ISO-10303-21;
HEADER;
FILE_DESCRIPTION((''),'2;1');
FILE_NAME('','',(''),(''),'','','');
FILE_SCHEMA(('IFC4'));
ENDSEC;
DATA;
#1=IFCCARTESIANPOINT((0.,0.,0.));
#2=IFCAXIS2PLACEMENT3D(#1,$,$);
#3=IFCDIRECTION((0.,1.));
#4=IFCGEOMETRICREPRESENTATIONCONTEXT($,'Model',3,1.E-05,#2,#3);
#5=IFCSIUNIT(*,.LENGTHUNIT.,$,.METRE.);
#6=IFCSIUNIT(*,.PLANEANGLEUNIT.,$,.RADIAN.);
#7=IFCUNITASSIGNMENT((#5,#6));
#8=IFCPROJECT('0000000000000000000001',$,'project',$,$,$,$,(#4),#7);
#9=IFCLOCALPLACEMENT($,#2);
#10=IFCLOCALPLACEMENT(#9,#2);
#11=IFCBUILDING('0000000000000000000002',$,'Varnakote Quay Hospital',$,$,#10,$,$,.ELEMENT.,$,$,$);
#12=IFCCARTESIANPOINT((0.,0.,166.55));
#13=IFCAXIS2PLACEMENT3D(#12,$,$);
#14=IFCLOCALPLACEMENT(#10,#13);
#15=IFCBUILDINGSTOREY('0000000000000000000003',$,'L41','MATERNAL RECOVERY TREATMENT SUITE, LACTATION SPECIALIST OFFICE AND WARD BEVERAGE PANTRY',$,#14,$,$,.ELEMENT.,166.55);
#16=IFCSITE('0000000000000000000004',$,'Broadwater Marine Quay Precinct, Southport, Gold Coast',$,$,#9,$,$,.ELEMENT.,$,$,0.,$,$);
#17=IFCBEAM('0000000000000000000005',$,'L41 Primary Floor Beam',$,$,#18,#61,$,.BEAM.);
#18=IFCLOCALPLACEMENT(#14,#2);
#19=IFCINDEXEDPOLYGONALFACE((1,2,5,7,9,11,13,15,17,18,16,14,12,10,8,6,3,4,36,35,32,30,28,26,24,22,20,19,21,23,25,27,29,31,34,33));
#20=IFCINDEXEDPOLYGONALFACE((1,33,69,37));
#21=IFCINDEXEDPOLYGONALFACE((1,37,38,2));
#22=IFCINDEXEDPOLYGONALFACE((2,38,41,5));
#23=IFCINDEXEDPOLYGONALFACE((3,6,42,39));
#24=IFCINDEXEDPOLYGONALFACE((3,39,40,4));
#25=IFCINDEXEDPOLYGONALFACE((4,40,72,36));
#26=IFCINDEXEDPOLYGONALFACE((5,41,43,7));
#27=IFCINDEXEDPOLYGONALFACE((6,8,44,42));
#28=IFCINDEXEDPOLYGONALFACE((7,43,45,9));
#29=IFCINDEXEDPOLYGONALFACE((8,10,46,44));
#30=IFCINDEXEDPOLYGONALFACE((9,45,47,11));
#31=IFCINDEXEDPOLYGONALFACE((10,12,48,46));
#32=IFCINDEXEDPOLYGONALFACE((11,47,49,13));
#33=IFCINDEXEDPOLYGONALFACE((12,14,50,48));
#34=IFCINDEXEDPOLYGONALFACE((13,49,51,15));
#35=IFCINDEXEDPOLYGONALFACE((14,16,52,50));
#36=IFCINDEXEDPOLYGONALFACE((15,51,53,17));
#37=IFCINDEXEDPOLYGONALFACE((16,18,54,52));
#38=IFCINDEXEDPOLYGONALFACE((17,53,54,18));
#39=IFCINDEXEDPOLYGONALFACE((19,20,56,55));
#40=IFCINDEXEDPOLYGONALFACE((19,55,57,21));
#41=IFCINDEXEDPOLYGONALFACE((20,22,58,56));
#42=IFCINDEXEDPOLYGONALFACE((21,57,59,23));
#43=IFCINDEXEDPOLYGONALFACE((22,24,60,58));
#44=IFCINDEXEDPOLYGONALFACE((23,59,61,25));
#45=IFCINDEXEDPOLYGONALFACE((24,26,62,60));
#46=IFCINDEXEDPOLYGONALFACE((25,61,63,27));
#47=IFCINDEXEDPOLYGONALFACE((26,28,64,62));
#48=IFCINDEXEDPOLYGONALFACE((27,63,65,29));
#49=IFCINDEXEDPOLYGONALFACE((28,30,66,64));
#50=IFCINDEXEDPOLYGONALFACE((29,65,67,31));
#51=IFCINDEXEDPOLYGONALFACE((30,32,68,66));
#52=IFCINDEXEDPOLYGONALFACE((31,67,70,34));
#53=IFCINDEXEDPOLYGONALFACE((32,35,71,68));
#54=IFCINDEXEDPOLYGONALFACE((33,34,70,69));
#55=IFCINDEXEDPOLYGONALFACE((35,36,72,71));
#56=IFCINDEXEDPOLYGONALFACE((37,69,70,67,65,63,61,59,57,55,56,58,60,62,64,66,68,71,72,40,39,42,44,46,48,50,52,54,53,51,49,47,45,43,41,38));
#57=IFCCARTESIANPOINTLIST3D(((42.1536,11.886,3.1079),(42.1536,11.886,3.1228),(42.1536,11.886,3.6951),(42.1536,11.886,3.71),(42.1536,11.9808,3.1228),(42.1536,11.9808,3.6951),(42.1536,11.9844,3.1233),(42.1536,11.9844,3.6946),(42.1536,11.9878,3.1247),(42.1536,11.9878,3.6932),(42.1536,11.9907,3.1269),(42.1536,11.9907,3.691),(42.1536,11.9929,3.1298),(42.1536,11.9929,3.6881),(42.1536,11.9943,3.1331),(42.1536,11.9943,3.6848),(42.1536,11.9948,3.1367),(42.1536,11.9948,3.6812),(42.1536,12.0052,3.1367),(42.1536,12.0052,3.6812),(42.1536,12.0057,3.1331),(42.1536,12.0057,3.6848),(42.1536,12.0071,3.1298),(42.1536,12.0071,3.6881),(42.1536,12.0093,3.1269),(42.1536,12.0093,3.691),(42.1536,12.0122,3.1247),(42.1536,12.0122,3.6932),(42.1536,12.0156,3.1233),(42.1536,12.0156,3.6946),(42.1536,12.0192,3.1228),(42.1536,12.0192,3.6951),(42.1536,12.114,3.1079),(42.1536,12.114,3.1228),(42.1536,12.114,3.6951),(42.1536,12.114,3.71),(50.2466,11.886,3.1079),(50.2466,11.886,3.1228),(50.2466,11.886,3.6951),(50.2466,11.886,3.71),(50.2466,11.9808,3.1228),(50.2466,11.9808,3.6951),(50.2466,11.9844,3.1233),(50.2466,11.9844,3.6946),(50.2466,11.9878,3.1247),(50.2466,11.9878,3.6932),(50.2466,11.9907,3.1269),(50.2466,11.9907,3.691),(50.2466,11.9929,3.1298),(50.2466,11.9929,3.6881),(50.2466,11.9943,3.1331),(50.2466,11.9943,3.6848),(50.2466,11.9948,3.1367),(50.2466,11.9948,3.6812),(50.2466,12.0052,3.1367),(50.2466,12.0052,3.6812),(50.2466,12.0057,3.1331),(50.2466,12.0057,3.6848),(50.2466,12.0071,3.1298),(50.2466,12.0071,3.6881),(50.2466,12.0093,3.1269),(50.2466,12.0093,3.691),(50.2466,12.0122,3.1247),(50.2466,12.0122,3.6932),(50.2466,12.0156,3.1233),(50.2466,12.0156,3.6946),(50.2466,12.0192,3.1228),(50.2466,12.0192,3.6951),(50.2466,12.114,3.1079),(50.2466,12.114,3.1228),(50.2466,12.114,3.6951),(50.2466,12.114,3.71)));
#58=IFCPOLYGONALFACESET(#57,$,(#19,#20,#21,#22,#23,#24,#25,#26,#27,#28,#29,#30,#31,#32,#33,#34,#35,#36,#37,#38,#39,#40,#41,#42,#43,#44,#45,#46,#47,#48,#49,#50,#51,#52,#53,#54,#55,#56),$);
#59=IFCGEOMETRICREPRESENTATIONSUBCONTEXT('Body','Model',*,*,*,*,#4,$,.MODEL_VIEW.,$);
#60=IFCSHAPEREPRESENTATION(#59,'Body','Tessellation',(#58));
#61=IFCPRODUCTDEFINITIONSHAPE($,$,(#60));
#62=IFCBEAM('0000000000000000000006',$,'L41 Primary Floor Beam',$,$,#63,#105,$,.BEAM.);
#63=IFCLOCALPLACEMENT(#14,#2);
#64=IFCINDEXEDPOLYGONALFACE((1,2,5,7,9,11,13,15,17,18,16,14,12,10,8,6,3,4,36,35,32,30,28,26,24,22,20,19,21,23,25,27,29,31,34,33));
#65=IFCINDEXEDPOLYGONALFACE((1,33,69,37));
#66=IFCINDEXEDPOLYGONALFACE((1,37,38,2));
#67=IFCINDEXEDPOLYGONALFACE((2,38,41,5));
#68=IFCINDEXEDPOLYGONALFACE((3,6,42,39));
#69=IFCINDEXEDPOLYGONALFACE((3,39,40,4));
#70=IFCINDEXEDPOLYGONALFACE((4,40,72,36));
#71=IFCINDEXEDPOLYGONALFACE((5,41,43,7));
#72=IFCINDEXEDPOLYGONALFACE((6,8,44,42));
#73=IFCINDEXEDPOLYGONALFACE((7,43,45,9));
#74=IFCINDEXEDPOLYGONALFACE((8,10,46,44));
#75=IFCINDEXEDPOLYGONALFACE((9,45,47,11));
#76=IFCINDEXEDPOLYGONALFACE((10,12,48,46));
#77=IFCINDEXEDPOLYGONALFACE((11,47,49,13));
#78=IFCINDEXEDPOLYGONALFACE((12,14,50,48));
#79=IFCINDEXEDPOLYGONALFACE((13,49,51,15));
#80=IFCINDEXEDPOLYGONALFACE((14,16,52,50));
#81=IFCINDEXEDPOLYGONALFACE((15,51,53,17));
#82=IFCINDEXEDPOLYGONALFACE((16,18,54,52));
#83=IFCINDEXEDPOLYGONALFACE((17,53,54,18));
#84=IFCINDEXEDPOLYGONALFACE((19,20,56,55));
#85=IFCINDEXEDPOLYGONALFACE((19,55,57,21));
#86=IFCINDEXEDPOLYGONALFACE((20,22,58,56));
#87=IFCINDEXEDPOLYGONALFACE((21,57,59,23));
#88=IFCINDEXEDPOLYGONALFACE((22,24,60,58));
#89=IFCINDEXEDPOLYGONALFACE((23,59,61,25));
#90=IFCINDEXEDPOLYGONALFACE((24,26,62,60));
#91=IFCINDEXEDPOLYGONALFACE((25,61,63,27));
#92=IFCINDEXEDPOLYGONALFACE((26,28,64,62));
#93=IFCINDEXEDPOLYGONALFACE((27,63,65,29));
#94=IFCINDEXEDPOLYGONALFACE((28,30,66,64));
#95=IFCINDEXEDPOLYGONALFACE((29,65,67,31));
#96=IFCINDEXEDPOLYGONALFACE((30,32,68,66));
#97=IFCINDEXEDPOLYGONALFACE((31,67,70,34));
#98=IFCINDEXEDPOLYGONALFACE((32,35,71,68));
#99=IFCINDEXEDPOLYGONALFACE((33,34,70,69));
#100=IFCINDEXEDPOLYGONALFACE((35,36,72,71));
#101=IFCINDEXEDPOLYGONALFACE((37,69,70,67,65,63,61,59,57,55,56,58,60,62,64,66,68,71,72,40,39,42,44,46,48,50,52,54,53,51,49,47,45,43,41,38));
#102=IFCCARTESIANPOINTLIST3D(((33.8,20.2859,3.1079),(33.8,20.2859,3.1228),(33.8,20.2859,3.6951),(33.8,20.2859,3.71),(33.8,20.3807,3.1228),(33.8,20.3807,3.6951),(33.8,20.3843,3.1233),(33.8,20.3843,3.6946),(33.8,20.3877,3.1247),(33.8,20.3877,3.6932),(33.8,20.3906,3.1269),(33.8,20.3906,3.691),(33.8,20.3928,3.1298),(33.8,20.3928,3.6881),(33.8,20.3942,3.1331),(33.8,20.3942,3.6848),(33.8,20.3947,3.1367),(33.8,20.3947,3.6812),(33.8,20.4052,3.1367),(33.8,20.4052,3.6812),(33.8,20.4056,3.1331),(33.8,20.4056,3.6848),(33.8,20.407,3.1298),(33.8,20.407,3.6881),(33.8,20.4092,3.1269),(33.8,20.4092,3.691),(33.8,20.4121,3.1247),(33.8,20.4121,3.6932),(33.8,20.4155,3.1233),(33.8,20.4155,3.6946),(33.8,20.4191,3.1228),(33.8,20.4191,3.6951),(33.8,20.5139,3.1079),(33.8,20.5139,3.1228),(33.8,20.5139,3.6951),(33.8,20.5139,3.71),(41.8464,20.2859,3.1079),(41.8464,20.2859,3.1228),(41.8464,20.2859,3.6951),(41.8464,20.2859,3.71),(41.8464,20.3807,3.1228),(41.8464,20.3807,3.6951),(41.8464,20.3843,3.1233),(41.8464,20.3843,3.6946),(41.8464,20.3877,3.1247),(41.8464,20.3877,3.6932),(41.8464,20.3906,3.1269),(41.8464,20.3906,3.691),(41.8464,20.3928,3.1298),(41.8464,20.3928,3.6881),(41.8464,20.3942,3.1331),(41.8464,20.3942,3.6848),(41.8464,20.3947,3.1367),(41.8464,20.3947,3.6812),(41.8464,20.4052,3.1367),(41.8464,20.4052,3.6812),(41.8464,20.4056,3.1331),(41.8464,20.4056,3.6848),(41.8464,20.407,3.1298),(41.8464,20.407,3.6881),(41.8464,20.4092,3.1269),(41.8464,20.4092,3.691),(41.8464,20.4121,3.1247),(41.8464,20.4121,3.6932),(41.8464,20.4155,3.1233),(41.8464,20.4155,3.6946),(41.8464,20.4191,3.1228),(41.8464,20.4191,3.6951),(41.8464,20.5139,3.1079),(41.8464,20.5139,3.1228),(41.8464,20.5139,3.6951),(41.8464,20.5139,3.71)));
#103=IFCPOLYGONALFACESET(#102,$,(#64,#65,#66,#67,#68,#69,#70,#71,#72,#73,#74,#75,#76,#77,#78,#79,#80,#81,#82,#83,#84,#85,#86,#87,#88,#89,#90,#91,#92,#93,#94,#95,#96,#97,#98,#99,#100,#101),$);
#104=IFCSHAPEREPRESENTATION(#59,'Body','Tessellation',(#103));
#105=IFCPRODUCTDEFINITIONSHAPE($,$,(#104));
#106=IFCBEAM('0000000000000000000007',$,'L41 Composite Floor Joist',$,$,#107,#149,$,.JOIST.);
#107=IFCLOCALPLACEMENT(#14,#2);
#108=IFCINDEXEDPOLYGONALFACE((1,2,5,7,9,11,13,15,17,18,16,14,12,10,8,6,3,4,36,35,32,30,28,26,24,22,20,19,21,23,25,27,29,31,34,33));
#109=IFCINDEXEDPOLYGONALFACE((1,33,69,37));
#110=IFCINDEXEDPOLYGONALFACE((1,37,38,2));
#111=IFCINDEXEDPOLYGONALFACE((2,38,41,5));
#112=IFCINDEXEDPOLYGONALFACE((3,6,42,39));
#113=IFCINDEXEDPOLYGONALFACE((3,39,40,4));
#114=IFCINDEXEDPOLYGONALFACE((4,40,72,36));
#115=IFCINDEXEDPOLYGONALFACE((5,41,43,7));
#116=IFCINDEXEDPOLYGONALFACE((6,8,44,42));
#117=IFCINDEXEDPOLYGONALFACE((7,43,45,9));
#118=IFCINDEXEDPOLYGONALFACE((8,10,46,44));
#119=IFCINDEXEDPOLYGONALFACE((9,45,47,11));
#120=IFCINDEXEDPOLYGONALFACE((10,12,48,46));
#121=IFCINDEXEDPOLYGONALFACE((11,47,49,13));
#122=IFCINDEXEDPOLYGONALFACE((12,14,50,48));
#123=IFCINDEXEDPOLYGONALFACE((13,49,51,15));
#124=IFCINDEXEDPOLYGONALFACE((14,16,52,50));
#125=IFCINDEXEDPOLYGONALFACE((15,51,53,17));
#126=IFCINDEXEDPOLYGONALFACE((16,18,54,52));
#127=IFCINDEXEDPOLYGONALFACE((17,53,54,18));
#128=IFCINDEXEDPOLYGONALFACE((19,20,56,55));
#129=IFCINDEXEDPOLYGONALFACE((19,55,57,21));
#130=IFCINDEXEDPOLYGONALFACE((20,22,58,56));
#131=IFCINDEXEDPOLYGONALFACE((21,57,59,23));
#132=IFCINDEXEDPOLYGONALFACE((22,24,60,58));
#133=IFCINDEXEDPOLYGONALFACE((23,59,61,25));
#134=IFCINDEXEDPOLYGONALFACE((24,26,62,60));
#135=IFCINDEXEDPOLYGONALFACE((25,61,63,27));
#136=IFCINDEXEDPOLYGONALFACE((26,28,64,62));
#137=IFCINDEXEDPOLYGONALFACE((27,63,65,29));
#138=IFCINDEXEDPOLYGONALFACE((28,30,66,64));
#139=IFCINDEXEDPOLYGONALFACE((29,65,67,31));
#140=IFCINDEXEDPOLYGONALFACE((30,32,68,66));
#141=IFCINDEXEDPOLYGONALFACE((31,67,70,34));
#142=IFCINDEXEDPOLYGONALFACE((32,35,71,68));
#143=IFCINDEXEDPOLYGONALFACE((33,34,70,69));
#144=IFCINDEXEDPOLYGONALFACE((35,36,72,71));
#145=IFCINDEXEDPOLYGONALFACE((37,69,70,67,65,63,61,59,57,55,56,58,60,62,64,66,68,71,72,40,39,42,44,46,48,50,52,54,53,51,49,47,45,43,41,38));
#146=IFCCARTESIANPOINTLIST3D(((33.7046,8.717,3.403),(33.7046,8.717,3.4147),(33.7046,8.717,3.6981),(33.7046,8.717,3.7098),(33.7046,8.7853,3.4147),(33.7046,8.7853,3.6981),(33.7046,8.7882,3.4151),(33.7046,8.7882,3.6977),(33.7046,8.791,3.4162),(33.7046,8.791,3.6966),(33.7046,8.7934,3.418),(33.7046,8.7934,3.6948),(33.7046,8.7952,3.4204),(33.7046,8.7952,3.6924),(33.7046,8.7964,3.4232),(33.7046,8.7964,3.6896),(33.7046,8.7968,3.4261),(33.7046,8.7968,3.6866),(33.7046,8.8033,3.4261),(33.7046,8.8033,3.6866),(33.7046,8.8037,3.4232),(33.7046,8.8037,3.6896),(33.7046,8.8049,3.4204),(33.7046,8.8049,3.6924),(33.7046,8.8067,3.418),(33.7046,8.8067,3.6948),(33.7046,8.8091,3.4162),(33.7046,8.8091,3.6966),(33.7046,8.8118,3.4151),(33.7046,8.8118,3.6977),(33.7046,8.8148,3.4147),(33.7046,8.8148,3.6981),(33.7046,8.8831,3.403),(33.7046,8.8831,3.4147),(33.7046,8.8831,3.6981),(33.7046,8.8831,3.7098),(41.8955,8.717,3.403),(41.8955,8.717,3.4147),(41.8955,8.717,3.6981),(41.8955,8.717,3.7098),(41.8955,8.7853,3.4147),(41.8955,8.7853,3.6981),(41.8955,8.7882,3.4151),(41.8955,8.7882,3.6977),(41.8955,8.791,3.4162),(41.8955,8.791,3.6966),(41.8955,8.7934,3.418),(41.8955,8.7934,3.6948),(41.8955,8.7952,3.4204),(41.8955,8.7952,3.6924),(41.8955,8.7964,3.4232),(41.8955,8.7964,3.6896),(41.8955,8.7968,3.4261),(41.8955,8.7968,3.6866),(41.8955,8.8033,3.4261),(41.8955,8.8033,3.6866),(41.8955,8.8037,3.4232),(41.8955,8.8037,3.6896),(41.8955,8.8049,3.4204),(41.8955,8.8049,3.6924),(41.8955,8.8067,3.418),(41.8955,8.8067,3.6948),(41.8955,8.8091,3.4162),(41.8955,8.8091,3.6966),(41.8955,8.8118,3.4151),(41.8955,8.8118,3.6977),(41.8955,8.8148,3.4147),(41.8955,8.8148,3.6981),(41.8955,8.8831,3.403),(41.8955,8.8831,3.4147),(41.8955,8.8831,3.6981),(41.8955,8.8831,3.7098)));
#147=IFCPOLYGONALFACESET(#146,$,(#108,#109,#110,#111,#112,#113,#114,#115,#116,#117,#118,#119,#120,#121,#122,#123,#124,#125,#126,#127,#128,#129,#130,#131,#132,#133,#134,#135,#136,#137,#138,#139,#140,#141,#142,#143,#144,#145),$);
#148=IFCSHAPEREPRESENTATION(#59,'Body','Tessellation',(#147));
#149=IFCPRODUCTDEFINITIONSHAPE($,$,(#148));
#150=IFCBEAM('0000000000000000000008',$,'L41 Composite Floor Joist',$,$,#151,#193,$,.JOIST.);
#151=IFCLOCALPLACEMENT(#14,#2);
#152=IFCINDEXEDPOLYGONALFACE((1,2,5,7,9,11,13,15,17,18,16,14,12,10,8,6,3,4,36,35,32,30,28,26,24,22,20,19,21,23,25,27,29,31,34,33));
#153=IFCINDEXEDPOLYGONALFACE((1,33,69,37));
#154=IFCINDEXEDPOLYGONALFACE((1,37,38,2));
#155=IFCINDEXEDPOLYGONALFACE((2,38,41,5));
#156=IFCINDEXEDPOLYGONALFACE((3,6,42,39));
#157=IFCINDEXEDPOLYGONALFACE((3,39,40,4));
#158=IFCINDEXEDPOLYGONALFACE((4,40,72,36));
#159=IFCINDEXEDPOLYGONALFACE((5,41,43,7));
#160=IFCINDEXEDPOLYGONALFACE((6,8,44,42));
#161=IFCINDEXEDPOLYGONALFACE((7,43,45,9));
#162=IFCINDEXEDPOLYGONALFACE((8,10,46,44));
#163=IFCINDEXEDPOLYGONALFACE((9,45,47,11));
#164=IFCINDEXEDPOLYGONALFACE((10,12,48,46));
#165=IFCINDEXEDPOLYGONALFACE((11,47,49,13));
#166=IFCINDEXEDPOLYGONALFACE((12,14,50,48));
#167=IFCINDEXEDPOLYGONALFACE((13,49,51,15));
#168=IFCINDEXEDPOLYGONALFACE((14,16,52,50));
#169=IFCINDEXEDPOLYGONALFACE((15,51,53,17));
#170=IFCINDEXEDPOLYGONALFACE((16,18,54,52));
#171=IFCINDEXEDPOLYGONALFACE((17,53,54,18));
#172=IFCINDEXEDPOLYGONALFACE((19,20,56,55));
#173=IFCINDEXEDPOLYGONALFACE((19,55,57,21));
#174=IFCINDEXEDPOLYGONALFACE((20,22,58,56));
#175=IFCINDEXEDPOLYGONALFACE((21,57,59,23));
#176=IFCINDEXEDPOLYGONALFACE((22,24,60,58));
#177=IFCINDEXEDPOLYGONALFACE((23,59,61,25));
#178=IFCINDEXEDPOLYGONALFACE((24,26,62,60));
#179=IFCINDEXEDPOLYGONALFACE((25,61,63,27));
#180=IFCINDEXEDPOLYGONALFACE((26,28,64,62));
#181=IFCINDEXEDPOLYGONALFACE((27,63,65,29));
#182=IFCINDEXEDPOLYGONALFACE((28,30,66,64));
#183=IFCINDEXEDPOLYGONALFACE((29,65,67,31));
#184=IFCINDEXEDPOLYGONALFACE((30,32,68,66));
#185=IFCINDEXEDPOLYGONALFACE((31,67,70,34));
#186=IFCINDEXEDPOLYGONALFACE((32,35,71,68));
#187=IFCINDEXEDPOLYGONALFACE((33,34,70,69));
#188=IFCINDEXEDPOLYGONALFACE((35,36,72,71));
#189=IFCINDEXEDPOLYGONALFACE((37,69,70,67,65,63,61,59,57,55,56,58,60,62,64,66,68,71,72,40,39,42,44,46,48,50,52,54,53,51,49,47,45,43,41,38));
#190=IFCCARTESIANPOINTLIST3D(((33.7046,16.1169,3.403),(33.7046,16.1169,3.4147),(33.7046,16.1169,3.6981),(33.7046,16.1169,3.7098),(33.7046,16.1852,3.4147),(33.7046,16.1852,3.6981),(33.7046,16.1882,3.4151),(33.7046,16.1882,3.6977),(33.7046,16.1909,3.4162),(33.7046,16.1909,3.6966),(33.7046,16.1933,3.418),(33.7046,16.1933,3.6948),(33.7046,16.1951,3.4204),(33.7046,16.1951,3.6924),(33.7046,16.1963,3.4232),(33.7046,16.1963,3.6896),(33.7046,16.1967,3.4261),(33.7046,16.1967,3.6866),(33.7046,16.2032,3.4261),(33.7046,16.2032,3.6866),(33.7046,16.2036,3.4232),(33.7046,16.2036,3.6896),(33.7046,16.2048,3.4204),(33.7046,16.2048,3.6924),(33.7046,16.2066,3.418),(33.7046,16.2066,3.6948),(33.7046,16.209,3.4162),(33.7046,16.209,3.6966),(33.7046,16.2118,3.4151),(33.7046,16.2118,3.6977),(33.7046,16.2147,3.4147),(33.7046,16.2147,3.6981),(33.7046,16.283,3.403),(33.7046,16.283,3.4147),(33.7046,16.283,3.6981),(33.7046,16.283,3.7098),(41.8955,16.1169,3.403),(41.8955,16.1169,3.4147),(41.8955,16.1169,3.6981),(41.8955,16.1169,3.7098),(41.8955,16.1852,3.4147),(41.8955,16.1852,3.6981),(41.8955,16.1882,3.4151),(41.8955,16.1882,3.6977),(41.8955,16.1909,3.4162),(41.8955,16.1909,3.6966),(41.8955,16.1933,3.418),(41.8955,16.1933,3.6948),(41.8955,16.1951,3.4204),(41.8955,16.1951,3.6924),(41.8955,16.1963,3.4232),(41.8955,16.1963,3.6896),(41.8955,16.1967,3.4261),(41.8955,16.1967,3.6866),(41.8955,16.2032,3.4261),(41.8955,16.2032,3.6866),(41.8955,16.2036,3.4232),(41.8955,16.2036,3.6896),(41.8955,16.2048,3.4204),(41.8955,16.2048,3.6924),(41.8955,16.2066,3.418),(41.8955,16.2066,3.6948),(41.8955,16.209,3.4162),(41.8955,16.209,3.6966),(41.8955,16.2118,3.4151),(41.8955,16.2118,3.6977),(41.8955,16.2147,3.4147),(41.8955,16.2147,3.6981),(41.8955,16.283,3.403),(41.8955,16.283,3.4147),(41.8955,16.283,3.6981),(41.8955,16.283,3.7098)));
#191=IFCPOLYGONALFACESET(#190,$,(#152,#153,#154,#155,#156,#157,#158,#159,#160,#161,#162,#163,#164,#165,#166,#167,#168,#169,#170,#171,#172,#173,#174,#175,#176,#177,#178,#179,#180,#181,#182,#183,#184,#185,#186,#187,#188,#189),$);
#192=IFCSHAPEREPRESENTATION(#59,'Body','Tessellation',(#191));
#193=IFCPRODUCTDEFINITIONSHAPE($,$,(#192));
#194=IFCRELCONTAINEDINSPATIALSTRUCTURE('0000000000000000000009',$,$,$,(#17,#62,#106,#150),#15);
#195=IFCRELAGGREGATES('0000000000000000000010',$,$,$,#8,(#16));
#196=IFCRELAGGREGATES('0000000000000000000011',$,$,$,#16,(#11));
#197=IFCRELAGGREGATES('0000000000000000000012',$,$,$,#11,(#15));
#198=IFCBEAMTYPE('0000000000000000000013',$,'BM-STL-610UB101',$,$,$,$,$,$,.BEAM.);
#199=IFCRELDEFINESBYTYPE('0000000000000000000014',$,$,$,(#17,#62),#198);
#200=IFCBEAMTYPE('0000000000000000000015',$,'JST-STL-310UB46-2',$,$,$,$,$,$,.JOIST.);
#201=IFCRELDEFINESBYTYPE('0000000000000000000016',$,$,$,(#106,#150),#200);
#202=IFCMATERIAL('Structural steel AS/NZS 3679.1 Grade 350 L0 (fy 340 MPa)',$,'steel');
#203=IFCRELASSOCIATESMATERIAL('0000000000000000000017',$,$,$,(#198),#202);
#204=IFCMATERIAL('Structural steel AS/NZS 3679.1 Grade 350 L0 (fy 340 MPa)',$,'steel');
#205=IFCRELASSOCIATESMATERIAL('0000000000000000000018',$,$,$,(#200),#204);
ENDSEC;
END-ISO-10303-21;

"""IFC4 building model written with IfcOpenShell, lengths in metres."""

from ifc_helpers import new_model, si_unit, direction, frame, origin, origin_2d, place, context, subcontext, project, spatial, i_section, extrude, material, material_profile, profile_set, type_object, element, save


model = new_model("IFC4")

# Units and contexts
model_context = context("Model", 3, precision=1e-05, world=origin(), true_north=direction((0.0, 1.0)))
body_context = subcontext(model_context, "Body", "Model", "MODEL_VIEW")
ifc_project = project(units=[si_unit("LENGTHUNIT", "METRE"), si_unit("PLANEANGLEUNIT", "RADIAN")], contexts=[model_context])

# Site, building, storey
site_placement = place(None, origin())
site = spatial("IfcSite", under=ifc_project, at=site_placement, Name="Broadwater Marine Quay Precinct, Southport, Gold Coast", CompositionType="ELEMENT", RefElevation=0.0)
building_placement = place(site_placement, origin())
building = spatial("IfcBuilding", under=site, at=building_placement, Name="Varnakote Quay Hospital", CompositionType="ELEMENT")
storey_placement = place(building_placement, frame((0.0, 0.0, 166.55)))
storey = spatial("IfcBuildingStorey", under=building, at=storey_placement, Name="L41", Description="MATERNAL RECOVERY TREATMENT SUITE, LACTATION SPECIALIST OFFICE AND WARD BEVERAGE PANTRY", CompositionType="ELEMENT", Elevation=166.55)

# Beams
ifc_material_1 = material(Name="Structural steel AS/NZS 3679.1 Grade 350 L0 (fy 340 MPa)", Category="steel")
ifc_material_profile_1 = material_profile(ifc_material_1, i_section(OverallWidth=0.228, OverallDepth=0.6021, WebThickness=0.0105, FlangeThickness=0.0149, FilletRadius=0.0139, at=origin_2d()), Name="610UB101")
ifc_profile_set_1 = profile_set([ifc_material_profile_1], Name="Structural steel AS/NZS 3679.1 Grade 350 L0 (fy 340 MPa)")
beam_type_1 = type_object("IfcBeamType", Name="BM-STL-610UB101", PredefinedType="BEAM", material=ifc_profile_set_1)
for number, where, z_axis, x_axis, name in (
    (1, (42.1536, 12.0, 3.4089), (1.0, 0.0, 0.0), (0.0, 1.0, 0.0), "L41 Primary Floor Beam"),
):
    element("IfcBeam", number, at=place(storey_placement, frame(where, z_axis=z_axis, x_axis=x_axis)), inside=storey, type_object=beam_type_1, Name=name, PredefinedType="BEAM", context=body_context, shape_type="SweptSolid", body=[
        extrude(i_section(OverallWidth=0.228, OverallDepth=0.6021, WebThickness=0.0105, FlangeThickness=0.0149, FilletRadius=0.0139, at=origin_2d()), origin(), (0.0, 0.0, 1.0), 8.093),
    ])
beam_1_placement = place(storey_placement, frame((33.8, 20.3999, 3.4089), z_axis=(1.0, 0.0, 0.0), x_axis=(0.0, 1.0, 0.0)))
element("IfcBeam", 2, at=beam_1_placement, inside=storey, type_object=beam_type_1, Name="L41 Primary Floor Beam", PredefinedType="BEAM", context=body_context, shape_type="SweptSolid", body=[
    extrude(i_section(OverallWidth=0.228, OverallDepth=0.6021, WebThickness=0.0105, FlangeThickness=0.0149, FilletRadius=0.0139, at=origin_2d()), origin(), (0.0, 0.0, 1.0), 8.0464),
])
ifc_material_2 = material(Name="Structural steel AS/NZS 3679.1 Grade 350 L0 (fy 340 MPa)", Category="steel")
ifc_material_profile_2 = material_profile(ifc_material_2, i_section(OverallWidth=0.166, OverallDepth=0.3069, WebThickness=0.0066, FlangeThickness=0.0117, FilletRadius=0.0115, at=origin_2d()), Name="310UB46.2")
ifc_profile_set_2 = profile_set([ifc_material_profile_2], Name="Structural steel AS/NZS 3679.1 Grade 350 L0 (fy 340 MPa)")
beam_type_2 = type_object("IfcBeamType", Name="JST-STL-310UB46-2", PredefinedType="JOIST", material=ifc_profile_set_2)
for number, where, z_axis, x_axis, name in (
    (3, (33.7046, 8.8, 3.5564), (1.0, 0.0, 0.0), (0.0, 1.0, 0.0), "L41 Composite Floor Joist"),
    (4, (33.7046, 16.2, 3.5564), (1.0, 0.0, 0.0), (0.0, 1.0, 0.0), "L41 Composite Floor Joist"),
):
    element("IfcBeam", number, at=place(storey_placement, frame(where, z_axis=z_axis, x_axis=x_axis)), inside=storey, type_object=beam_type_2, Name=name, PredefinedType="JOIST", context=body_context, shape_type="SweptSolid", body=[
        extrude(i_section(OverallWidth=0.166, OverallDepth=0.3069, WebThickness=0.0066, FlangeThickness=0.0117, FilletRadius=0.0115, at=origin_2d()), origin(), (0.0, 0.0, 1.0), 8.1909),
    ])

save(model, "model.ifc")
